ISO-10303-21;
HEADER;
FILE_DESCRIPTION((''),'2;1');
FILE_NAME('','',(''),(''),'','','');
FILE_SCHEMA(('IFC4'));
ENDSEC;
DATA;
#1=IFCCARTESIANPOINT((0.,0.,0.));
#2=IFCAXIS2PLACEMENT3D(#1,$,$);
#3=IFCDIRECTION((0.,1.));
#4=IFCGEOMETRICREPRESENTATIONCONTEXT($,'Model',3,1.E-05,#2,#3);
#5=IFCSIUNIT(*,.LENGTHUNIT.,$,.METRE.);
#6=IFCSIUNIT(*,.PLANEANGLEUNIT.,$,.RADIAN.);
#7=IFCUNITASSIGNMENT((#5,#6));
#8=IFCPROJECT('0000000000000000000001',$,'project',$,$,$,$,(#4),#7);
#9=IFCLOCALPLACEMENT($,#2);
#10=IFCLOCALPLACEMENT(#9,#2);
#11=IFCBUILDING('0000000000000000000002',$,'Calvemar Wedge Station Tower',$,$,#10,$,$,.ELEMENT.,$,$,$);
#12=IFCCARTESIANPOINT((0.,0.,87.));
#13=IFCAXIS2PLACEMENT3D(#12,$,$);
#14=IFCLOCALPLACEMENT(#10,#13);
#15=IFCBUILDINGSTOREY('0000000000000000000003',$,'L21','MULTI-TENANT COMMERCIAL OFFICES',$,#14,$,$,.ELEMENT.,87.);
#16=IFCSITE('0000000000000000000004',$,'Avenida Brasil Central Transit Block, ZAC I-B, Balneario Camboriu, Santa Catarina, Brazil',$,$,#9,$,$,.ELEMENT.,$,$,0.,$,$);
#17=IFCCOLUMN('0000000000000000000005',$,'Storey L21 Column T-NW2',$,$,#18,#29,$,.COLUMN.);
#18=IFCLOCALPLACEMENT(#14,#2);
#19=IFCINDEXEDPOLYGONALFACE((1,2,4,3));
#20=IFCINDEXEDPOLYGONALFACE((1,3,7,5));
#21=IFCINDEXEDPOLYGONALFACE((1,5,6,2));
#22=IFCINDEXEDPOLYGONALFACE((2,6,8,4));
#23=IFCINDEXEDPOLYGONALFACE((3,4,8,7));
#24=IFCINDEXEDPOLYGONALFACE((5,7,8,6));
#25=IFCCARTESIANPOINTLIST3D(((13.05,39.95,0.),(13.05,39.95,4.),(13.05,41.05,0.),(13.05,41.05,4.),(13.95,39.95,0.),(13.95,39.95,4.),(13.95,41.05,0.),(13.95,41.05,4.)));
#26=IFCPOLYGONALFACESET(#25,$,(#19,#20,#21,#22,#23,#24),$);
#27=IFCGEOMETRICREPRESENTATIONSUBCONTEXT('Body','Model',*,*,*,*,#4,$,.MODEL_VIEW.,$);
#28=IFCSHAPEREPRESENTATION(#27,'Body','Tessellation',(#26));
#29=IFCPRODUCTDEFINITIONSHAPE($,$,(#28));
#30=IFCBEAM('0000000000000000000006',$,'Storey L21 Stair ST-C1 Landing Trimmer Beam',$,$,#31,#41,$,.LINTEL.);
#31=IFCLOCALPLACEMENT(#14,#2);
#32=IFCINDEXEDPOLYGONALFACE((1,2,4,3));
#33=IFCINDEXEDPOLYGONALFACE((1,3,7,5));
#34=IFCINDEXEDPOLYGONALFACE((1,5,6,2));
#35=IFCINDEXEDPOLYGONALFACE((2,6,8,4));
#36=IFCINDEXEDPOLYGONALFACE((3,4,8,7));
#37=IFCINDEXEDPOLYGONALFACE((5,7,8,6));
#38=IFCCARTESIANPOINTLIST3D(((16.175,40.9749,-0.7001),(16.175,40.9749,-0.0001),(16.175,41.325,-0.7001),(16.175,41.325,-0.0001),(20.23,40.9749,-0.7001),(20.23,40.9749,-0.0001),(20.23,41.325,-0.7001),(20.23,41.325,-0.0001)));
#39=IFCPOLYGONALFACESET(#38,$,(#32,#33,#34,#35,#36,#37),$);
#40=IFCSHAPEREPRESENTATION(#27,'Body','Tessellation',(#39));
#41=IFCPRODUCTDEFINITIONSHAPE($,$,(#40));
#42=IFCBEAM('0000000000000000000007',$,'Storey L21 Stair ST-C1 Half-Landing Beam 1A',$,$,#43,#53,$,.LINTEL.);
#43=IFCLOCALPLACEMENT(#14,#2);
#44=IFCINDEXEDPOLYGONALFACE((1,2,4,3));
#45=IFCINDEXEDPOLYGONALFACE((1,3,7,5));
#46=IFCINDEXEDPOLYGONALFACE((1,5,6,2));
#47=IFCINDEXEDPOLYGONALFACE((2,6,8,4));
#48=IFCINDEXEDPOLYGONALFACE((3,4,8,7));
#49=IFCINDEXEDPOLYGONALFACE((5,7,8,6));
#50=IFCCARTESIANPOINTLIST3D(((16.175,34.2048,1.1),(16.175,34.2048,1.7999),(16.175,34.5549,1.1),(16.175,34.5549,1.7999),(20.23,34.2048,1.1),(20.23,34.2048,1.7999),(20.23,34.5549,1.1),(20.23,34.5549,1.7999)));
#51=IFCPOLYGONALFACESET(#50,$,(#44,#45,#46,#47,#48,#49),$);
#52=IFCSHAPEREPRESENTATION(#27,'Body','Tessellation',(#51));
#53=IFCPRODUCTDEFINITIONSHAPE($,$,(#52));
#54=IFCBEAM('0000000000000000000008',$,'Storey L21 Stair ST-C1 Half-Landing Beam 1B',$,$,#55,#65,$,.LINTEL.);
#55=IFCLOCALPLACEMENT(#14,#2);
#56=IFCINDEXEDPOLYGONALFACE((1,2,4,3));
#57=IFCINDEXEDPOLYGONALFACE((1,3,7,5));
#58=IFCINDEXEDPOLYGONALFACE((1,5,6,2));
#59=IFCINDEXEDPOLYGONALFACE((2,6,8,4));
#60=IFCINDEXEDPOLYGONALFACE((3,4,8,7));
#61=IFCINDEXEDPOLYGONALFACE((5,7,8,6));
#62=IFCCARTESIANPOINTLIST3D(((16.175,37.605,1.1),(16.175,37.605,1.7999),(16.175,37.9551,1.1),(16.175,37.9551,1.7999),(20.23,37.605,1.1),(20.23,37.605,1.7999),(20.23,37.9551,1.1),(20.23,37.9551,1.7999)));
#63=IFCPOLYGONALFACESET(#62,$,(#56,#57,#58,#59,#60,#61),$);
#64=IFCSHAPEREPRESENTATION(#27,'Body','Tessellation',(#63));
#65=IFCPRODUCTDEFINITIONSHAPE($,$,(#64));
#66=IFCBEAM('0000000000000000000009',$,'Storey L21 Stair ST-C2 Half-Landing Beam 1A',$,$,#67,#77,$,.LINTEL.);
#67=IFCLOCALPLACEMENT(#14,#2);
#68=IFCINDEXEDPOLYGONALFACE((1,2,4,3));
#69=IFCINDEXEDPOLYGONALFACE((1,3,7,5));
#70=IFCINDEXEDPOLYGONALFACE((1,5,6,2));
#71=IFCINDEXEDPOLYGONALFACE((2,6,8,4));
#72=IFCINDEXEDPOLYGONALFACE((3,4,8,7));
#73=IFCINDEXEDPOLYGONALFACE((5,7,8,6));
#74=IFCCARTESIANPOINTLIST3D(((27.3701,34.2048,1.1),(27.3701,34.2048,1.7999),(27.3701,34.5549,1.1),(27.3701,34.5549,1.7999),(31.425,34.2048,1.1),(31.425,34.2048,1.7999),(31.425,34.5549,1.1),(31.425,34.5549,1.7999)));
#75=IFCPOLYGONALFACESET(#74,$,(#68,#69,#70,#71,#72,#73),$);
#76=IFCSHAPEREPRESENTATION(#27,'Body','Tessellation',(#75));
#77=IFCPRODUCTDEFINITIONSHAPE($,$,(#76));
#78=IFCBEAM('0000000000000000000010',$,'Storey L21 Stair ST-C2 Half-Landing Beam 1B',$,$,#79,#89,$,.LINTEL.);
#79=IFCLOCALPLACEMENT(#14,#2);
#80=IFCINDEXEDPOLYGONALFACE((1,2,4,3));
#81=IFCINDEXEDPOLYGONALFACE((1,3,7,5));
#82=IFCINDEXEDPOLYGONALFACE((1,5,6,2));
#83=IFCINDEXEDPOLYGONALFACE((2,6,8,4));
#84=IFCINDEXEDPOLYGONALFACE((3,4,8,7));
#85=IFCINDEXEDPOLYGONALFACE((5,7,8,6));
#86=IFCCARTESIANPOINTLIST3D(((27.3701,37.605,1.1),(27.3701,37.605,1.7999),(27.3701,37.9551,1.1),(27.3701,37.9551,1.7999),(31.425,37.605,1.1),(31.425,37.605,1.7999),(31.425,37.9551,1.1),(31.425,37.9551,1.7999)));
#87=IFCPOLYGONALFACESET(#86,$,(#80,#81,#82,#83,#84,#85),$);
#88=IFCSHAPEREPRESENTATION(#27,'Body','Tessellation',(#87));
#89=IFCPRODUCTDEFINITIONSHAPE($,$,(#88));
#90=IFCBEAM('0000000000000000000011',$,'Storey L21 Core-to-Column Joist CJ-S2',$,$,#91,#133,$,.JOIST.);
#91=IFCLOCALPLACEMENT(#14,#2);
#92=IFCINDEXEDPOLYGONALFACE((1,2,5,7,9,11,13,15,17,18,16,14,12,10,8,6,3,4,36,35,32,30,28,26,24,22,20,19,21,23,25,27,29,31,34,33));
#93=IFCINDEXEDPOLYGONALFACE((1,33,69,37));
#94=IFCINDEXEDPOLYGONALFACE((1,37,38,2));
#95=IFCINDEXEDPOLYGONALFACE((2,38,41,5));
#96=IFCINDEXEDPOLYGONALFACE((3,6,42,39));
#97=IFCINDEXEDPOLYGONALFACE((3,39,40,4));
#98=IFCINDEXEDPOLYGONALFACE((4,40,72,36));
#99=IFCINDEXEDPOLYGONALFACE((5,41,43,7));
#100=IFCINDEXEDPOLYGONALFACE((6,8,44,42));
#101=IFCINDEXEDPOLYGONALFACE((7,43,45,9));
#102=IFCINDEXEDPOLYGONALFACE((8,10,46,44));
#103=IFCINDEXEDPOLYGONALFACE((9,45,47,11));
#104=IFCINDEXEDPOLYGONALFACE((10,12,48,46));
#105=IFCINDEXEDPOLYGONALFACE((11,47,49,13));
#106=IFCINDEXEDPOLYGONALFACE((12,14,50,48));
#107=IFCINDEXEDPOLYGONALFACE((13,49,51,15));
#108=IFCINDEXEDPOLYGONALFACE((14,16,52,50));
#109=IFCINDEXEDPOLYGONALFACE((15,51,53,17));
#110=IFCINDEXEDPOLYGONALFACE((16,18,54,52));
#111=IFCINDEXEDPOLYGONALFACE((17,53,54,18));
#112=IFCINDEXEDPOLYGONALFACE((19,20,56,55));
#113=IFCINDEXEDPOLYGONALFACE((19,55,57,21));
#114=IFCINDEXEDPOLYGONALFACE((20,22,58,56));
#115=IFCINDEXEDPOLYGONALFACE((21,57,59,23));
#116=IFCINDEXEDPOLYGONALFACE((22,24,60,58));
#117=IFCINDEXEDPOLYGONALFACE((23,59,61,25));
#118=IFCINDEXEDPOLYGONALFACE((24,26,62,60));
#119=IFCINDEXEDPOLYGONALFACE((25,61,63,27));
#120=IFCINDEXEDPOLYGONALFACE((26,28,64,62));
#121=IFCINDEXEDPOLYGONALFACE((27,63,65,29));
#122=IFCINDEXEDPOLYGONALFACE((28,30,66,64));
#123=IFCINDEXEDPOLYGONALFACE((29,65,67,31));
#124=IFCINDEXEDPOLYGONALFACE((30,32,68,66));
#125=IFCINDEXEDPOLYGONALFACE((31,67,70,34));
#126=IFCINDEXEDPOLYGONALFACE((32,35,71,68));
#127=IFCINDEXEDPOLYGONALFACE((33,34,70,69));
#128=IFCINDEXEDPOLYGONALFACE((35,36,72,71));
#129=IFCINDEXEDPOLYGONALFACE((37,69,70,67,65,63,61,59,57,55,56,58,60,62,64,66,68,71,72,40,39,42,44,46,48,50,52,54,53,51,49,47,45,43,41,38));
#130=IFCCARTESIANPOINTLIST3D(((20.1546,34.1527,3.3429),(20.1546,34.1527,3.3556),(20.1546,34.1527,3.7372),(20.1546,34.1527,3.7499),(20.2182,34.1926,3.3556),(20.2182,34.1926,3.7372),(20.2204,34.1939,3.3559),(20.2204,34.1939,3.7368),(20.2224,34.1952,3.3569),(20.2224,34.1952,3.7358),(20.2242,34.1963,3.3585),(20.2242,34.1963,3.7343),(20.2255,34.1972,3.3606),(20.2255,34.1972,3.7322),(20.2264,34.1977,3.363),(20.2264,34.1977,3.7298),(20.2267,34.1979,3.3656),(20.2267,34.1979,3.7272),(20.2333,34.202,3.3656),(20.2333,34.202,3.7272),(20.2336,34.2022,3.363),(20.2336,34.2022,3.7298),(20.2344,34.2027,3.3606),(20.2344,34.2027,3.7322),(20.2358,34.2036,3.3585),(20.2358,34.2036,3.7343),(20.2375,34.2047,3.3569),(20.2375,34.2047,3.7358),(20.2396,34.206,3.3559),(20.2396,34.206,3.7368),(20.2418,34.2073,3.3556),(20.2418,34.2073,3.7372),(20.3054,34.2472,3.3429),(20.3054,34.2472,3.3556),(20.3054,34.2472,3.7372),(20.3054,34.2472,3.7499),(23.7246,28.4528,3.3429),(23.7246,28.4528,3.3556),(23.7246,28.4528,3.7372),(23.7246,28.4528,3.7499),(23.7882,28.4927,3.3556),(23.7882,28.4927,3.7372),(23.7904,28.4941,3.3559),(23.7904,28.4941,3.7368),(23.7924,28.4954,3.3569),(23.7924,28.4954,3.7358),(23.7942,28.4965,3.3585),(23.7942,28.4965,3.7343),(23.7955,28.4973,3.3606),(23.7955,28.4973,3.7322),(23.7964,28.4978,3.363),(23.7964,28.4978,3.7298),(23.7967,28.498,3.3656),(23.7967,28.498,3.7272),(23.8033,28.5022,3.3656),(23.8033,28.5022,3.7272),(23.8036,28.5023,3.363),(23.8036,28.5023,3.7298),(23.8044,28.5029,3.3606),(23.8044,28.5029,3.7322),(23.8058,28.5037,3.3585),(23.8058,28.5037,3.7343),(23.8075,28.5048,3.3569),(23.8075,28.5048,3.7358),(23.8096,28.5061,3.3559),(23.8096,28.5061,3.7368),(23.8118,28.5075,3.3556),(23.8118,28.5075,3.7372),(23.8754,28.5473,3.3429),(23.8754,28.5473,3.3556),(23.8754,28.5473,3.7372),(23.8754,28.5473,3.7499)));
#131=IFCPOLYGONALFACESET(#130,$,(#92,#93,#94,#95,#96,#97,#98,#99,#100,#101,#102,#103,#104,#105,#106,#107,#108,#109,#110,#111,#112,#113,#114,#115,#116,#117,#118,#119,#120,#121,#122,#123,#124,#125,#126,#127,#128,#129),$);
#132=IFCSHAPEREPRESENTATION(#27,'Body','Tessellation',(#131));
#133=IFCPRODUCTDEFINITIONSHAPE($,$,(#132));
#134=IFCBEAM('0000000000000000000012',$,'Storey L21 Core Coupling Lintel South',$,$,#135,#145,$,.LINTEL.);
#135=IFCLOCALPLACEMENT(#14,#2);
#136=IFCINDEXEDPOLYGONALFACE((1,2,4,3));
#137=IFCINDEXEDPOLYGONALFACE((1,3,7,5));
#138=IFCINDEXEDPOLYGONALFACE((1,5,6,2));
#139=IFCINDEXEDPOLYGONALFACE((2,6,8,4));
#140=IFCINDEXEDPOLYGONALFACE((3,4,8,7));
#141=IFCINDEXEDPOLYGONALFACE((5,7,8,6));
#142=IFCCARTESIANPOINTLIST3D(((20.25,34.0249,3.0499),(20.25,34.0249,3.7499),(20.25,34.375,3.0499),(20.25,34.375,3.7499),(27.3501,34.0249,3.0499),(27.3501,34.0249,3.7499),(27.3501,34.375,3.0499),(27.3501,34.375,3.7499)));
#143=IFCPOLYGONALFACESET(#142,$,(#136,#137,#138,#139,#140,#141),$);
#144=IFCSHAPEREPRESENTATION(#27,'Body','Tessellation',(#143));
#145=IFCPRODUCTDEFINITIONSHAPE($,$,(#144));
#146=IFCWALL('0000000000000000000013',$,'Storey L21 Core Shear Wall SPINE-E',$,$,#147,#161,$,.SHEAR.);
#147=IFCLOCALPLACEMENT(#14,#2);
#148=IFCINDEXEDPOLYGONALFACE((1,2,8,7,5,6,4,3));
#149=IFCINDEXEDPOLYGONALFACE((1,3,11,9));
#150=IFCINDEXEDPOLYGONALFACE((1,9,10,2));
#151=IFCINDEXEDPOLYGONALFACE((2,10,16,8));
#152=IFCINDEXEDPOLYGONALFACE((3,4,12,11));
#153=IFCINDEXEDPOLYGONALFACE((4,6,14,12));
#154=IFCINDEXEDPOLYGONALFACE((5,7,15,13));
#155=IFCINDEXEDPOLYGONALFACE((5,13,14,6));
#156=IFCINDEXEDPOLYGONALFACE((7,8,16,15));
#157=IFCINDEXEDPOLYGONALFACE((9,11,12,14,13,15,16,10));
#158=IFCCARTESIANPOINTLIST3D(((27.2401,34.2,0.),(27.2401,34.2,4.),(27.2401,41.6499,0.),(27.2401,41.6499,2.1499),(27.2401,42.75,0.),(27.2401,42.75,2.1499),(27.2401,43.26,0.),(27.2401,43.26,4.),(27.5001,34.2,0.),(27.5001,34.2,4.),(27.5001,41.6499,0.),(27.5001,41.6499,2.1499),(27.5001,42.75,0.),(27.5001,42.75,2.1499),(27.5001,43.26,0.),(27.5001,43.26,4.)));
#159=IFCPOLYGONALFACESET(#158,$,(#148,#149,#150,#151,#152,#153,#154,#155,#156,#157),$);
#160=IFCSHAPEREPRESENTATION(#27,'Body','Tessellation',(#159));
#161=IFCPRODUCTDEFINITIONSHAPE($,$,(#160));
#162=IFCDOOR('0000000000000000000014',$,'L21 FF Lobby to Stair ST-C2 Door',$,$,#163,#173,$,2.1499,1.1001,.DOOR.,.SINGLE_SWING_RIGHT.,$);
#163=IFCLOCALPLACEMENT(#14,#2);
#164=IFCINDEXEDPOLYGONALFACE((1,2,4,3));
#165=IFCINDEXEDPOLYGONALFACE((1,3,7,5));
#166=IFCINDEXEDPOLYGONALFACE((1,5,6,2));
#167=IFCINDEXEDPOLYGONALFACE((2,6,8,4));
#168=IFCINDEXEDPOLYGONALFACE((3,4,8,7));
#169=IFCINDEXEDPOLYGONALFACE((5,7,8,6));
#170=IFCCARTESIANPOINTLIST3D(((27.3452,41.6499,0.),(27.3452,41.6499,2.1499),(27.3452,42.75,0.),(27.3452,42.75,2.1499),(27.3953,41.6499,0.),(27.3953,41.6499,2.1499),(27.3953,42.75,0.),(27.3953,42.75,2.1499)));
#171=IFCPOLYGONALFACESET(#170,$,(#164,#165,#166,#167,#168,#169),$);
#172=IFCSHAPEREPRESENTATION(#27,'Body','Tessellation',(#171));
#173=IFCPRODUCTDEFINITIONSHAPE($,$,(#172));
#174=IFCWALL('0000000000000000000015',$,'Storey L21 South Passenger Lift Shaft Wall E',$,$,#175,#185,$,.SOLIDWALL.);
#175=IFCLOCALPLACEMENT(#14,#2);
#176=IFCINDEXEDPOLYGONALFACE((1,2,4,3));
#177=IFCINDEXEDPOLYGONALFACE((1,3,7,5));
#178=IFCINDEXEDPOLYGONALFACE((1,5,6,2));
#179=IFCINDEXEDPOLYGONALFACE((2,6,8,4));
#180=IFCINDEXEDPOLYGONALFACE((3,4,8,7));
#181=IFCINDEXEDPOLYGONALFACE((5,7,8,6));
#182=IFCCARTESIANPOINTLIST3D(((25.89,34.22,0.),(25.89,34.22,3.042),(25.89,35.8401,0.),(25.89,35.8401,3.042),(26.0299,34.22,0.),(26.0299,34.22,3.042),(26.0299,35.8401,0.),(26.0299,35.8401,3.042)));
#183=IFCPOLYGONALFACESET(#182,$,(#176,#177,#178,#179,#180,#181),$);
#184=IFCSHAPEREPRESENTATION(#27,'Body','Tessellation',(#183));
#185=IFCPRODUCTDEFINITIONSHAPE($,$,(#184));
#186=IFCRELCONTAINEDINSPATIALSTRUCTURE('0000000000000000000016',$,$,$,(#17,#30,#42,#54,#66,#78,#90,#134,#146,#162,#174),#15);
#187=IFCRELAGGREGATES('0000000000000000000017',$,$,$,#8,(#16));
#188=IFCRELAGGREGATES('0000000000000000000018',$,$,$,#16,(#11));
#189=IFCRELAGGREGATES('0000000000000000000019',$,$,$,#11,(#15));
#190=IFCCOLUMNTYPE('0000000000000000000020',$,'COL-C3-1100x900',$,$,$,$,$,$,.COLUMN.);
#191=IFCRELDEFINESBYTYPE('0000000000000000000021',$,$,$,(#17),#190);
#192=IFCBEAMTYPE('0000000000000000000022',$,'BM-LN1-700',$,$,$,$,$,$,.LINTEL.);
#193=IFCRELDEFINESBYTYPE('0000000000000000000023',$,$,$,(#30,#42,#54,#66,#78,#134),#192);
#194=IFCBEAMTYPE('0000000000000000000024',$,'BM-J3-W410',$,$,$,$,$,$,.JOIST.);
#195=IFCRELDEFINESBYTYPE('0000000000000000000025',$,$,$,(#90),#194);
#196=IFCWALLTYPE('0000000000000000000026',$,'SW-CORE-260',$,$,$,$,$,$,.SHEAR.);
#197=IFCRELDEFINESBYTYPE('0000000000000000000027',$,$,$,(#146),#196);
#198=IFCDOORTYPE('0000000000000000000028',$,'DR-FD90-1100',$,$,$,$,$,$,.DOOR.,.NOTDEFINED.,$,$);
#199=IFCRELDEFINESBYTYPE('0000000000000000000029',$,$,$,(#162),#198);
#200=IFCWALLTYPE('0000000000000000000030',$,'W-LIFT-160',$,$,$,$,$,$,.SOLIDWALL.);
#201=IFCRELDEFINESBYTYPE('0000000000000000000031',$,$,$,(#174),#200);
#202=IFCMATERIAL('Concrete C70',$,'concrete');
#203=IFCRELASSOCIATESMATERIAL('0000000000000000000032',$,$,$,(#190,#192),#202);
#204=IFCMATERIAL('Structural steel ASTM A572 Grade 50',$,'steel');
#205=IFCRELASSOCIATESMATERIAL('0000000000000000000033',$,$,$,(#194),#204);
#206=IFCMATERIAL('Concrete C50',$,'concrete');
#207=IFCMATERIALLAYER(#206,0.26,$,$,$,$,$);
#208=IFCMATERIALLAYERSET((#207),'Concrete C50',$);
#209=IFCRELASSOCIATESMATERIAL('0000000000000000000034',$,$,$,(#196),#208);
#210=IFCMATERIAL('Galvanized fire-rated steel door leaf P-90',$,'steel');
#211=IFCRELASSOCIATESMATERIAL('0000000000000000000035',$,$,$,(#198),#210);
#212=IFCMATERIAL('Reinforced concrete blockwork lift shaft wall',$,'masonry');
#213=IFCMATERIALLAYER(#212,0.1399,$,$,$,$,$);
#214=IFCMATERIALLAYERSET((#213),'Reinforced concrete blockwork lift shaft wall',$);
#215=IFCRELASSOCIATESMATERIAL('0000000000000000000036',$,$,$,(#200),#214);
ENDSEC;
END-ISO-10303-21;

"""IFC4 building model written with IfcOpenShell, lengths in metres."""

from ifc_helpers import new_model, si_unit, direction, frame, frame_2d, origin, origin_2d, place, context, subcontext, project, spatial, rectangle, i_section, extrude, source, transform, mapped, material, layer, layer_set, material_profile, profile_set, type_object, element, fill, save


model = new_model("IFC4")

# Units and contexts
model_context = context("Model", 3, precision=1e-05, world=origin(), true_north=direction((0.0, 1.0)))
body_context = subcontext(model_context, "Body", "Model", "MODEL_VIEW")
ifc_project = project(units=[si_unit("LENGTHUNIT", "METRE"), si_unit("PLANEANGLEUNIT", "RADIAN")], contexts=[model_context])

# Site, building, storey
site_placement = place(None, origin())
site = spatial("IfcSite", under=ifc_project, at=site_placement, Name="Avenida Brasil Central Transit Block, ZAC I-B, Balneario Camboriu, Santa Catarina, Brazil", CompositionType="ELEMENT", RefElevation=0.0)
building_placement = place(site_placement, origin())
building = spatial("IfcBuilding", under=site, at=building_placement, Name="Calvemar Wedge Station Tower", CompositionType="ELEMENT")
storey_placement = place(building_placement, frame((0.0, 0.0, 87.0)))
storey = spatial("IfcBuildingStorey", under=building, at=storey_placement, Name="L21", Description="MULTI-TENANT COMMERCIAL OFFICES", CompositionType="ELEMENT", Elevation=87.0)

# Column
ifc_material_1 = material(Name="Concrete C70", Category="concrete")
ifc_material_profile_1 = material_profile(ifc_material_1, rectangle(XDim=0.8999, YDim=1.1001, at=origin_2d()), Name="RC1100x900")
ifc_profile_set_1 = profile_set([ifc_material_profile_1], Name="Concrete C70")
column_type = type_object("IfcColumnType", Name="COL-C3-1100x900", PredefinedType="COLUMN", material=ifc_profile_set_1)
shared_shape_1 = source(origin(), body_context, "Body", "SweptSolid", [
    extrude(rectangle(XDim=0.8999, YDim=1.1001, at=origin_2d()), origin(), (0.0, 0.0, 1.0), 4.0),
])
column_placement = place(storey_placement, frame((13.5, 40.5, 0.0), z_axis=(0.0, 0.0, 1.0), x_axis=(1.0, 0.0, 0.0)))
element("IfcColumn", 1, at=column_placement, inside=storey, type_object=column_type, Name="Storey L21 Column T-NW2", PredefinedType="COLUMN", context=body_context, shape_type="MappedRepresentation", body=[
    mapped(shared_shape_1, transform((0.0, 0.0, 0.0), scale=1.0)),
])

# Beams
ifc_material_profile_2 = material_profile(ifc_material_1, rectangle(XDim=0.3501, YDim=0.7, at=origin_2d()), Name="RC350x700")
ifc_profile_set_2 = profile_set([ifc_material_profile_2], Name="Concrete C70")
beam_type_1 = type_object("IfcBeamType", Name="BM-LN1-700", PredefinedType="LINTEL", material=ifc_profile_set_2)
shared_shape_2 = source(origin(), body_context, "Body", "SweptSolid", [
    extrude(rectangle(XDim=0.3501, YDim=0.7, at=origin_2d()), origin(), (0.0, 0.0, 1.0), 4.0549),
])
for number, where, z_axis, x_axis, name in (
    (2, (16.175, 41.1499, -0.3501), (1.0, 0.0, 0.0), (0.0, 1.0, 0.0), "Storey L21 Stair ST-C1 Landing Trimmer Beam"),
    (3, (16.175, 34.3799, 1.45), (1.0, 0.0, 0.0), (0.0, 1.0, 0.0), "Storey L21 Stair ST-C1 Half-Landing Beam 1A"),
    (4, (16.175, 37.78, 1.45), (1.0, 0.0, 0.0), (0.0, 1.0, 0.0), "Storey L21 Stair ST-C1 Half-Landing Beam 1B"),
    (5, (27.3701, 34.3799, 1.45), (1.0, 0.0, 0.0), (0.0, 1.0, 0.0), "Storey L21 Stair ST-C2 Half-Landing Beam 1A"),
    (6, (27.3701, 37.78, 1.45), (1.0, 0.0, 0.0), (0.0, 1.0, 0.0), "Storey L21 Stair ST-C2 Half-Landing Beam 1B"),
):
    element("IfcBeam", number, at=place(storey_placement, frame(where, z_axis=z_axis, x_axis=x_axis)), inside=storey, type_object=beam_type_1, Name=name, PredefinedType="LINTEL", context=body_context, shape_type="MappedRepresentation", body=[
        mapped(shared_shape_2, transform((0.0, 0.0, 0.0), scale=1.0)),
    ])
ifc_material_2 = material(Name="Structural steel ASTM A572 Grade 50", Category="steel")
ifc_material_profile_3 = material_profile(ifc_material_2, i_section(OverallWidth=0.178, OverallDepth=0.407, WebThickness=0.0078, FlangeThickness=0.0127, FilletRadius=0.01, at=origin_2d()), Name="W410x60")
ifc_profile_set_3 = profile_set([ifc_material_profile_3], Name="Structural steel ASTM A572 Grade 50")
beam_type_2 = type_object("IfcBeamType", Name="BM-J3-W410", PredefinedType="JOIST", material=ifc_profile_set_3)
shared_shape_3 = source(origin(), body_context, "Body", "SweptSolid", [
    extrude(i_section(OverallWidth=0.178, OverallDepth=0.407, WebThickness=0.0078, FlangeThickness=0.0127, FilletRadius=0.01, at=origin_2d()), origin(), (0.0, 0.0, 1.0), 6.7256),
])
beam_1_placement = place(storey_placement, frame((20.23, 34.2, 3.5464), z_axis=(0.530811, -0.84749, 0.0), x_axis=(0.84749, 0.530811, 0.0)))
element("IfcBeam", 7, at=beam_1_placement, inside=storey, type_object=beam_type_2, Name="Storey L21 Core-to-Column Joist CJ-S2", PredefinedType="JOIST", context=body_context, shape_type="MappedRepresentation", body=[
    mapped(shared_shape_3, transform((0.0, 0.0, 0.0), scale=1.0)),
])
shared_shape_4 = source(origin(), body_context, "Body", "SweptSolid", [
    extrude(rectangle(XDim=0.3501, YDim=0.7, at=origin_2d()), origin(), (0.0, 0.0, 1.0), 7.1001),
])
beam_2_placement = place(storey_placement, frame((20.25, 34.2, 3.3999), z_axis=(1.0, 0.0, 0.0), x_axis=(0.0, 1.0, 0.0)))
element("IfcBeam", 8, at=beam_2_placement, inside=storey, type_object=beam_type_1, Name="Storey L21 Core Coupling Lintel South", PredefinedType="LINTEL", context=body_context, shape_type="MappedRepresentation", body=[
    mapped(shared_shape_4, transform((0.0, 0.0, 0.0), scale=1.0)),
])

# Wall, opening, door
ifc_material_3 = material(Name="Concrete C50", Category="concrete")
ifc_layer_1 = layer(ifc_material_3, 0.26)
ifc_layer_set_1 = layer_set([ifc_layer_1], Name="Concrete C50")
wall_type_1 = type_object("IfcWallType", Name="SW-CORE-260", PredefinedType="SHEAR", material=ifc_layer_set_1)
wall_1_placement = place(storey_placement, frame((27.3701, 34.2, 0.0), z_axis=(0.0, 0.0, 1.0), x_axis=(0.0, 1.0, 0.0)))
wall_1 = element("IfcWall", 9, at=wall_1_placement, inside=storey, type_object=wall_type_1, Name="Storey L21 Core Shear Wall SPINE-E", PredefinedType="SHEAR", context=body_context, shape_type="SweptSolid", body=[
    extrude(rectangle(XDim=9.0601, YDim=0.26, at=frame_2d((4.53, 0.0))), origin(), (0.0, 0.0, 1.0), 4.0),
])
shared_shape_5 = source(origin(), body_context, "Body", "SweptSolid", [
    extrude(rectangle(XDim=1.1001, YDim=2.1499, at=frame_2d((0.55, 1.075))), frame((0.0, 0.1401, 0.0), z_axis=(0.0, -1.0, 0.0), x_axis=(1.0, 0.0, 0.0)), (0.0, 0.0, 1.0), 0.28),
])
opening_1_placement = place(wall_1_placement, frame((7.45, 0.0, 0.0)))
opening_1 = element("IfcOpeningElement", 10, at=opening_1_placement, cuts=wall_1, PredefinedType="OPENING", context=body_context, shape_type="MappedRepresentation", body=[
    mapped(shared_shape_5, transform((0.0, 0.0, 0.0), scale=1.0)),
])
ifc_material_4 = material(Name="Galvanized fire-rated steel door leaf P-90", Category="steel")
door_type_1 = type_object("IfcDoorType", Name="DR-FD90-1100", OperationType="NOTDEFINED", PredefinedType="DOOR", material=ifc_material_4)
shared_shape_6 = source(origin(), body_context, "Body", "SweptSolid", [
    extrude(rectangle(XDim=1.1001, YDim=2.1499, at=frame_2d((0.55, 1.075))), frame((0.0, 0.0249, 0.0), z_axis=(0.0, -1.0, 0.0), x_axis=(1.0, 0.0, 0.0)), (0.0, 0.0, 1.0), 0.05),
])
door_1_placement = place(opening_1_placement, origin())
door_1 = element("IfcDoor", 11, at=door_1_placement, inside=storey, type_object=door_type_1, Name="L21 FF Lobby to Stair ST-C2 Door", OperationType="SINGLE_SWING_RIGHT", OverallHeight=2.1499, OverallWidth=1.1001, PredefinedType="DOOR", context=body_context, shape_type="MappedRepresentation", body=[
    mapped(shared_shape_6, transform((0.0, 0.0, 0.0), scale=1.0)),
])
fill(opening_1, door_1)

# Shared definitions
ifc_material_5 = material(Name="Reinforced concrete blockwork lift shaft wall", Category="masonry")
ifc_layer_2 = layer(ifc_material_5, 0.1399)
ifc_layer_set_2 = layer_set([ifc_layer_2], Name="Reinforced concrete blockwork lift shaft wall")
wall_type_2 = type_object("IfcWallType", Name="W-LIFT-160", PredefinedType="SOLIDWALL", material=ifc_layer_set_2)

# Wall
for number, where, z_axis, x_axis, name in (
    (12, (25.96, 34.22, 0.0), (0.0, 0.0, 1.0), (0.0, 1.0, 0.0), "Storey L21 South Passenger Lift Shaft Wall E"),
):
    element("IfcWall", number, at=place(storey_placement, frame(where, z_axis=z_axis, x_axis=x_axis)), inside=storey, type_object=wall_type_2, Name=name, PredefinedType="SOLIDWALL", context=body_context, shape_type="SweptSolid", body=[
        extrude(rectangle(XDim=1.6201, YDim=0.1399, at=frame_2d((0.8101, 0.0))), origin(), (0.0, 0.0, 1.0), 3.042),
    ])

save(model, "model.ifc")
